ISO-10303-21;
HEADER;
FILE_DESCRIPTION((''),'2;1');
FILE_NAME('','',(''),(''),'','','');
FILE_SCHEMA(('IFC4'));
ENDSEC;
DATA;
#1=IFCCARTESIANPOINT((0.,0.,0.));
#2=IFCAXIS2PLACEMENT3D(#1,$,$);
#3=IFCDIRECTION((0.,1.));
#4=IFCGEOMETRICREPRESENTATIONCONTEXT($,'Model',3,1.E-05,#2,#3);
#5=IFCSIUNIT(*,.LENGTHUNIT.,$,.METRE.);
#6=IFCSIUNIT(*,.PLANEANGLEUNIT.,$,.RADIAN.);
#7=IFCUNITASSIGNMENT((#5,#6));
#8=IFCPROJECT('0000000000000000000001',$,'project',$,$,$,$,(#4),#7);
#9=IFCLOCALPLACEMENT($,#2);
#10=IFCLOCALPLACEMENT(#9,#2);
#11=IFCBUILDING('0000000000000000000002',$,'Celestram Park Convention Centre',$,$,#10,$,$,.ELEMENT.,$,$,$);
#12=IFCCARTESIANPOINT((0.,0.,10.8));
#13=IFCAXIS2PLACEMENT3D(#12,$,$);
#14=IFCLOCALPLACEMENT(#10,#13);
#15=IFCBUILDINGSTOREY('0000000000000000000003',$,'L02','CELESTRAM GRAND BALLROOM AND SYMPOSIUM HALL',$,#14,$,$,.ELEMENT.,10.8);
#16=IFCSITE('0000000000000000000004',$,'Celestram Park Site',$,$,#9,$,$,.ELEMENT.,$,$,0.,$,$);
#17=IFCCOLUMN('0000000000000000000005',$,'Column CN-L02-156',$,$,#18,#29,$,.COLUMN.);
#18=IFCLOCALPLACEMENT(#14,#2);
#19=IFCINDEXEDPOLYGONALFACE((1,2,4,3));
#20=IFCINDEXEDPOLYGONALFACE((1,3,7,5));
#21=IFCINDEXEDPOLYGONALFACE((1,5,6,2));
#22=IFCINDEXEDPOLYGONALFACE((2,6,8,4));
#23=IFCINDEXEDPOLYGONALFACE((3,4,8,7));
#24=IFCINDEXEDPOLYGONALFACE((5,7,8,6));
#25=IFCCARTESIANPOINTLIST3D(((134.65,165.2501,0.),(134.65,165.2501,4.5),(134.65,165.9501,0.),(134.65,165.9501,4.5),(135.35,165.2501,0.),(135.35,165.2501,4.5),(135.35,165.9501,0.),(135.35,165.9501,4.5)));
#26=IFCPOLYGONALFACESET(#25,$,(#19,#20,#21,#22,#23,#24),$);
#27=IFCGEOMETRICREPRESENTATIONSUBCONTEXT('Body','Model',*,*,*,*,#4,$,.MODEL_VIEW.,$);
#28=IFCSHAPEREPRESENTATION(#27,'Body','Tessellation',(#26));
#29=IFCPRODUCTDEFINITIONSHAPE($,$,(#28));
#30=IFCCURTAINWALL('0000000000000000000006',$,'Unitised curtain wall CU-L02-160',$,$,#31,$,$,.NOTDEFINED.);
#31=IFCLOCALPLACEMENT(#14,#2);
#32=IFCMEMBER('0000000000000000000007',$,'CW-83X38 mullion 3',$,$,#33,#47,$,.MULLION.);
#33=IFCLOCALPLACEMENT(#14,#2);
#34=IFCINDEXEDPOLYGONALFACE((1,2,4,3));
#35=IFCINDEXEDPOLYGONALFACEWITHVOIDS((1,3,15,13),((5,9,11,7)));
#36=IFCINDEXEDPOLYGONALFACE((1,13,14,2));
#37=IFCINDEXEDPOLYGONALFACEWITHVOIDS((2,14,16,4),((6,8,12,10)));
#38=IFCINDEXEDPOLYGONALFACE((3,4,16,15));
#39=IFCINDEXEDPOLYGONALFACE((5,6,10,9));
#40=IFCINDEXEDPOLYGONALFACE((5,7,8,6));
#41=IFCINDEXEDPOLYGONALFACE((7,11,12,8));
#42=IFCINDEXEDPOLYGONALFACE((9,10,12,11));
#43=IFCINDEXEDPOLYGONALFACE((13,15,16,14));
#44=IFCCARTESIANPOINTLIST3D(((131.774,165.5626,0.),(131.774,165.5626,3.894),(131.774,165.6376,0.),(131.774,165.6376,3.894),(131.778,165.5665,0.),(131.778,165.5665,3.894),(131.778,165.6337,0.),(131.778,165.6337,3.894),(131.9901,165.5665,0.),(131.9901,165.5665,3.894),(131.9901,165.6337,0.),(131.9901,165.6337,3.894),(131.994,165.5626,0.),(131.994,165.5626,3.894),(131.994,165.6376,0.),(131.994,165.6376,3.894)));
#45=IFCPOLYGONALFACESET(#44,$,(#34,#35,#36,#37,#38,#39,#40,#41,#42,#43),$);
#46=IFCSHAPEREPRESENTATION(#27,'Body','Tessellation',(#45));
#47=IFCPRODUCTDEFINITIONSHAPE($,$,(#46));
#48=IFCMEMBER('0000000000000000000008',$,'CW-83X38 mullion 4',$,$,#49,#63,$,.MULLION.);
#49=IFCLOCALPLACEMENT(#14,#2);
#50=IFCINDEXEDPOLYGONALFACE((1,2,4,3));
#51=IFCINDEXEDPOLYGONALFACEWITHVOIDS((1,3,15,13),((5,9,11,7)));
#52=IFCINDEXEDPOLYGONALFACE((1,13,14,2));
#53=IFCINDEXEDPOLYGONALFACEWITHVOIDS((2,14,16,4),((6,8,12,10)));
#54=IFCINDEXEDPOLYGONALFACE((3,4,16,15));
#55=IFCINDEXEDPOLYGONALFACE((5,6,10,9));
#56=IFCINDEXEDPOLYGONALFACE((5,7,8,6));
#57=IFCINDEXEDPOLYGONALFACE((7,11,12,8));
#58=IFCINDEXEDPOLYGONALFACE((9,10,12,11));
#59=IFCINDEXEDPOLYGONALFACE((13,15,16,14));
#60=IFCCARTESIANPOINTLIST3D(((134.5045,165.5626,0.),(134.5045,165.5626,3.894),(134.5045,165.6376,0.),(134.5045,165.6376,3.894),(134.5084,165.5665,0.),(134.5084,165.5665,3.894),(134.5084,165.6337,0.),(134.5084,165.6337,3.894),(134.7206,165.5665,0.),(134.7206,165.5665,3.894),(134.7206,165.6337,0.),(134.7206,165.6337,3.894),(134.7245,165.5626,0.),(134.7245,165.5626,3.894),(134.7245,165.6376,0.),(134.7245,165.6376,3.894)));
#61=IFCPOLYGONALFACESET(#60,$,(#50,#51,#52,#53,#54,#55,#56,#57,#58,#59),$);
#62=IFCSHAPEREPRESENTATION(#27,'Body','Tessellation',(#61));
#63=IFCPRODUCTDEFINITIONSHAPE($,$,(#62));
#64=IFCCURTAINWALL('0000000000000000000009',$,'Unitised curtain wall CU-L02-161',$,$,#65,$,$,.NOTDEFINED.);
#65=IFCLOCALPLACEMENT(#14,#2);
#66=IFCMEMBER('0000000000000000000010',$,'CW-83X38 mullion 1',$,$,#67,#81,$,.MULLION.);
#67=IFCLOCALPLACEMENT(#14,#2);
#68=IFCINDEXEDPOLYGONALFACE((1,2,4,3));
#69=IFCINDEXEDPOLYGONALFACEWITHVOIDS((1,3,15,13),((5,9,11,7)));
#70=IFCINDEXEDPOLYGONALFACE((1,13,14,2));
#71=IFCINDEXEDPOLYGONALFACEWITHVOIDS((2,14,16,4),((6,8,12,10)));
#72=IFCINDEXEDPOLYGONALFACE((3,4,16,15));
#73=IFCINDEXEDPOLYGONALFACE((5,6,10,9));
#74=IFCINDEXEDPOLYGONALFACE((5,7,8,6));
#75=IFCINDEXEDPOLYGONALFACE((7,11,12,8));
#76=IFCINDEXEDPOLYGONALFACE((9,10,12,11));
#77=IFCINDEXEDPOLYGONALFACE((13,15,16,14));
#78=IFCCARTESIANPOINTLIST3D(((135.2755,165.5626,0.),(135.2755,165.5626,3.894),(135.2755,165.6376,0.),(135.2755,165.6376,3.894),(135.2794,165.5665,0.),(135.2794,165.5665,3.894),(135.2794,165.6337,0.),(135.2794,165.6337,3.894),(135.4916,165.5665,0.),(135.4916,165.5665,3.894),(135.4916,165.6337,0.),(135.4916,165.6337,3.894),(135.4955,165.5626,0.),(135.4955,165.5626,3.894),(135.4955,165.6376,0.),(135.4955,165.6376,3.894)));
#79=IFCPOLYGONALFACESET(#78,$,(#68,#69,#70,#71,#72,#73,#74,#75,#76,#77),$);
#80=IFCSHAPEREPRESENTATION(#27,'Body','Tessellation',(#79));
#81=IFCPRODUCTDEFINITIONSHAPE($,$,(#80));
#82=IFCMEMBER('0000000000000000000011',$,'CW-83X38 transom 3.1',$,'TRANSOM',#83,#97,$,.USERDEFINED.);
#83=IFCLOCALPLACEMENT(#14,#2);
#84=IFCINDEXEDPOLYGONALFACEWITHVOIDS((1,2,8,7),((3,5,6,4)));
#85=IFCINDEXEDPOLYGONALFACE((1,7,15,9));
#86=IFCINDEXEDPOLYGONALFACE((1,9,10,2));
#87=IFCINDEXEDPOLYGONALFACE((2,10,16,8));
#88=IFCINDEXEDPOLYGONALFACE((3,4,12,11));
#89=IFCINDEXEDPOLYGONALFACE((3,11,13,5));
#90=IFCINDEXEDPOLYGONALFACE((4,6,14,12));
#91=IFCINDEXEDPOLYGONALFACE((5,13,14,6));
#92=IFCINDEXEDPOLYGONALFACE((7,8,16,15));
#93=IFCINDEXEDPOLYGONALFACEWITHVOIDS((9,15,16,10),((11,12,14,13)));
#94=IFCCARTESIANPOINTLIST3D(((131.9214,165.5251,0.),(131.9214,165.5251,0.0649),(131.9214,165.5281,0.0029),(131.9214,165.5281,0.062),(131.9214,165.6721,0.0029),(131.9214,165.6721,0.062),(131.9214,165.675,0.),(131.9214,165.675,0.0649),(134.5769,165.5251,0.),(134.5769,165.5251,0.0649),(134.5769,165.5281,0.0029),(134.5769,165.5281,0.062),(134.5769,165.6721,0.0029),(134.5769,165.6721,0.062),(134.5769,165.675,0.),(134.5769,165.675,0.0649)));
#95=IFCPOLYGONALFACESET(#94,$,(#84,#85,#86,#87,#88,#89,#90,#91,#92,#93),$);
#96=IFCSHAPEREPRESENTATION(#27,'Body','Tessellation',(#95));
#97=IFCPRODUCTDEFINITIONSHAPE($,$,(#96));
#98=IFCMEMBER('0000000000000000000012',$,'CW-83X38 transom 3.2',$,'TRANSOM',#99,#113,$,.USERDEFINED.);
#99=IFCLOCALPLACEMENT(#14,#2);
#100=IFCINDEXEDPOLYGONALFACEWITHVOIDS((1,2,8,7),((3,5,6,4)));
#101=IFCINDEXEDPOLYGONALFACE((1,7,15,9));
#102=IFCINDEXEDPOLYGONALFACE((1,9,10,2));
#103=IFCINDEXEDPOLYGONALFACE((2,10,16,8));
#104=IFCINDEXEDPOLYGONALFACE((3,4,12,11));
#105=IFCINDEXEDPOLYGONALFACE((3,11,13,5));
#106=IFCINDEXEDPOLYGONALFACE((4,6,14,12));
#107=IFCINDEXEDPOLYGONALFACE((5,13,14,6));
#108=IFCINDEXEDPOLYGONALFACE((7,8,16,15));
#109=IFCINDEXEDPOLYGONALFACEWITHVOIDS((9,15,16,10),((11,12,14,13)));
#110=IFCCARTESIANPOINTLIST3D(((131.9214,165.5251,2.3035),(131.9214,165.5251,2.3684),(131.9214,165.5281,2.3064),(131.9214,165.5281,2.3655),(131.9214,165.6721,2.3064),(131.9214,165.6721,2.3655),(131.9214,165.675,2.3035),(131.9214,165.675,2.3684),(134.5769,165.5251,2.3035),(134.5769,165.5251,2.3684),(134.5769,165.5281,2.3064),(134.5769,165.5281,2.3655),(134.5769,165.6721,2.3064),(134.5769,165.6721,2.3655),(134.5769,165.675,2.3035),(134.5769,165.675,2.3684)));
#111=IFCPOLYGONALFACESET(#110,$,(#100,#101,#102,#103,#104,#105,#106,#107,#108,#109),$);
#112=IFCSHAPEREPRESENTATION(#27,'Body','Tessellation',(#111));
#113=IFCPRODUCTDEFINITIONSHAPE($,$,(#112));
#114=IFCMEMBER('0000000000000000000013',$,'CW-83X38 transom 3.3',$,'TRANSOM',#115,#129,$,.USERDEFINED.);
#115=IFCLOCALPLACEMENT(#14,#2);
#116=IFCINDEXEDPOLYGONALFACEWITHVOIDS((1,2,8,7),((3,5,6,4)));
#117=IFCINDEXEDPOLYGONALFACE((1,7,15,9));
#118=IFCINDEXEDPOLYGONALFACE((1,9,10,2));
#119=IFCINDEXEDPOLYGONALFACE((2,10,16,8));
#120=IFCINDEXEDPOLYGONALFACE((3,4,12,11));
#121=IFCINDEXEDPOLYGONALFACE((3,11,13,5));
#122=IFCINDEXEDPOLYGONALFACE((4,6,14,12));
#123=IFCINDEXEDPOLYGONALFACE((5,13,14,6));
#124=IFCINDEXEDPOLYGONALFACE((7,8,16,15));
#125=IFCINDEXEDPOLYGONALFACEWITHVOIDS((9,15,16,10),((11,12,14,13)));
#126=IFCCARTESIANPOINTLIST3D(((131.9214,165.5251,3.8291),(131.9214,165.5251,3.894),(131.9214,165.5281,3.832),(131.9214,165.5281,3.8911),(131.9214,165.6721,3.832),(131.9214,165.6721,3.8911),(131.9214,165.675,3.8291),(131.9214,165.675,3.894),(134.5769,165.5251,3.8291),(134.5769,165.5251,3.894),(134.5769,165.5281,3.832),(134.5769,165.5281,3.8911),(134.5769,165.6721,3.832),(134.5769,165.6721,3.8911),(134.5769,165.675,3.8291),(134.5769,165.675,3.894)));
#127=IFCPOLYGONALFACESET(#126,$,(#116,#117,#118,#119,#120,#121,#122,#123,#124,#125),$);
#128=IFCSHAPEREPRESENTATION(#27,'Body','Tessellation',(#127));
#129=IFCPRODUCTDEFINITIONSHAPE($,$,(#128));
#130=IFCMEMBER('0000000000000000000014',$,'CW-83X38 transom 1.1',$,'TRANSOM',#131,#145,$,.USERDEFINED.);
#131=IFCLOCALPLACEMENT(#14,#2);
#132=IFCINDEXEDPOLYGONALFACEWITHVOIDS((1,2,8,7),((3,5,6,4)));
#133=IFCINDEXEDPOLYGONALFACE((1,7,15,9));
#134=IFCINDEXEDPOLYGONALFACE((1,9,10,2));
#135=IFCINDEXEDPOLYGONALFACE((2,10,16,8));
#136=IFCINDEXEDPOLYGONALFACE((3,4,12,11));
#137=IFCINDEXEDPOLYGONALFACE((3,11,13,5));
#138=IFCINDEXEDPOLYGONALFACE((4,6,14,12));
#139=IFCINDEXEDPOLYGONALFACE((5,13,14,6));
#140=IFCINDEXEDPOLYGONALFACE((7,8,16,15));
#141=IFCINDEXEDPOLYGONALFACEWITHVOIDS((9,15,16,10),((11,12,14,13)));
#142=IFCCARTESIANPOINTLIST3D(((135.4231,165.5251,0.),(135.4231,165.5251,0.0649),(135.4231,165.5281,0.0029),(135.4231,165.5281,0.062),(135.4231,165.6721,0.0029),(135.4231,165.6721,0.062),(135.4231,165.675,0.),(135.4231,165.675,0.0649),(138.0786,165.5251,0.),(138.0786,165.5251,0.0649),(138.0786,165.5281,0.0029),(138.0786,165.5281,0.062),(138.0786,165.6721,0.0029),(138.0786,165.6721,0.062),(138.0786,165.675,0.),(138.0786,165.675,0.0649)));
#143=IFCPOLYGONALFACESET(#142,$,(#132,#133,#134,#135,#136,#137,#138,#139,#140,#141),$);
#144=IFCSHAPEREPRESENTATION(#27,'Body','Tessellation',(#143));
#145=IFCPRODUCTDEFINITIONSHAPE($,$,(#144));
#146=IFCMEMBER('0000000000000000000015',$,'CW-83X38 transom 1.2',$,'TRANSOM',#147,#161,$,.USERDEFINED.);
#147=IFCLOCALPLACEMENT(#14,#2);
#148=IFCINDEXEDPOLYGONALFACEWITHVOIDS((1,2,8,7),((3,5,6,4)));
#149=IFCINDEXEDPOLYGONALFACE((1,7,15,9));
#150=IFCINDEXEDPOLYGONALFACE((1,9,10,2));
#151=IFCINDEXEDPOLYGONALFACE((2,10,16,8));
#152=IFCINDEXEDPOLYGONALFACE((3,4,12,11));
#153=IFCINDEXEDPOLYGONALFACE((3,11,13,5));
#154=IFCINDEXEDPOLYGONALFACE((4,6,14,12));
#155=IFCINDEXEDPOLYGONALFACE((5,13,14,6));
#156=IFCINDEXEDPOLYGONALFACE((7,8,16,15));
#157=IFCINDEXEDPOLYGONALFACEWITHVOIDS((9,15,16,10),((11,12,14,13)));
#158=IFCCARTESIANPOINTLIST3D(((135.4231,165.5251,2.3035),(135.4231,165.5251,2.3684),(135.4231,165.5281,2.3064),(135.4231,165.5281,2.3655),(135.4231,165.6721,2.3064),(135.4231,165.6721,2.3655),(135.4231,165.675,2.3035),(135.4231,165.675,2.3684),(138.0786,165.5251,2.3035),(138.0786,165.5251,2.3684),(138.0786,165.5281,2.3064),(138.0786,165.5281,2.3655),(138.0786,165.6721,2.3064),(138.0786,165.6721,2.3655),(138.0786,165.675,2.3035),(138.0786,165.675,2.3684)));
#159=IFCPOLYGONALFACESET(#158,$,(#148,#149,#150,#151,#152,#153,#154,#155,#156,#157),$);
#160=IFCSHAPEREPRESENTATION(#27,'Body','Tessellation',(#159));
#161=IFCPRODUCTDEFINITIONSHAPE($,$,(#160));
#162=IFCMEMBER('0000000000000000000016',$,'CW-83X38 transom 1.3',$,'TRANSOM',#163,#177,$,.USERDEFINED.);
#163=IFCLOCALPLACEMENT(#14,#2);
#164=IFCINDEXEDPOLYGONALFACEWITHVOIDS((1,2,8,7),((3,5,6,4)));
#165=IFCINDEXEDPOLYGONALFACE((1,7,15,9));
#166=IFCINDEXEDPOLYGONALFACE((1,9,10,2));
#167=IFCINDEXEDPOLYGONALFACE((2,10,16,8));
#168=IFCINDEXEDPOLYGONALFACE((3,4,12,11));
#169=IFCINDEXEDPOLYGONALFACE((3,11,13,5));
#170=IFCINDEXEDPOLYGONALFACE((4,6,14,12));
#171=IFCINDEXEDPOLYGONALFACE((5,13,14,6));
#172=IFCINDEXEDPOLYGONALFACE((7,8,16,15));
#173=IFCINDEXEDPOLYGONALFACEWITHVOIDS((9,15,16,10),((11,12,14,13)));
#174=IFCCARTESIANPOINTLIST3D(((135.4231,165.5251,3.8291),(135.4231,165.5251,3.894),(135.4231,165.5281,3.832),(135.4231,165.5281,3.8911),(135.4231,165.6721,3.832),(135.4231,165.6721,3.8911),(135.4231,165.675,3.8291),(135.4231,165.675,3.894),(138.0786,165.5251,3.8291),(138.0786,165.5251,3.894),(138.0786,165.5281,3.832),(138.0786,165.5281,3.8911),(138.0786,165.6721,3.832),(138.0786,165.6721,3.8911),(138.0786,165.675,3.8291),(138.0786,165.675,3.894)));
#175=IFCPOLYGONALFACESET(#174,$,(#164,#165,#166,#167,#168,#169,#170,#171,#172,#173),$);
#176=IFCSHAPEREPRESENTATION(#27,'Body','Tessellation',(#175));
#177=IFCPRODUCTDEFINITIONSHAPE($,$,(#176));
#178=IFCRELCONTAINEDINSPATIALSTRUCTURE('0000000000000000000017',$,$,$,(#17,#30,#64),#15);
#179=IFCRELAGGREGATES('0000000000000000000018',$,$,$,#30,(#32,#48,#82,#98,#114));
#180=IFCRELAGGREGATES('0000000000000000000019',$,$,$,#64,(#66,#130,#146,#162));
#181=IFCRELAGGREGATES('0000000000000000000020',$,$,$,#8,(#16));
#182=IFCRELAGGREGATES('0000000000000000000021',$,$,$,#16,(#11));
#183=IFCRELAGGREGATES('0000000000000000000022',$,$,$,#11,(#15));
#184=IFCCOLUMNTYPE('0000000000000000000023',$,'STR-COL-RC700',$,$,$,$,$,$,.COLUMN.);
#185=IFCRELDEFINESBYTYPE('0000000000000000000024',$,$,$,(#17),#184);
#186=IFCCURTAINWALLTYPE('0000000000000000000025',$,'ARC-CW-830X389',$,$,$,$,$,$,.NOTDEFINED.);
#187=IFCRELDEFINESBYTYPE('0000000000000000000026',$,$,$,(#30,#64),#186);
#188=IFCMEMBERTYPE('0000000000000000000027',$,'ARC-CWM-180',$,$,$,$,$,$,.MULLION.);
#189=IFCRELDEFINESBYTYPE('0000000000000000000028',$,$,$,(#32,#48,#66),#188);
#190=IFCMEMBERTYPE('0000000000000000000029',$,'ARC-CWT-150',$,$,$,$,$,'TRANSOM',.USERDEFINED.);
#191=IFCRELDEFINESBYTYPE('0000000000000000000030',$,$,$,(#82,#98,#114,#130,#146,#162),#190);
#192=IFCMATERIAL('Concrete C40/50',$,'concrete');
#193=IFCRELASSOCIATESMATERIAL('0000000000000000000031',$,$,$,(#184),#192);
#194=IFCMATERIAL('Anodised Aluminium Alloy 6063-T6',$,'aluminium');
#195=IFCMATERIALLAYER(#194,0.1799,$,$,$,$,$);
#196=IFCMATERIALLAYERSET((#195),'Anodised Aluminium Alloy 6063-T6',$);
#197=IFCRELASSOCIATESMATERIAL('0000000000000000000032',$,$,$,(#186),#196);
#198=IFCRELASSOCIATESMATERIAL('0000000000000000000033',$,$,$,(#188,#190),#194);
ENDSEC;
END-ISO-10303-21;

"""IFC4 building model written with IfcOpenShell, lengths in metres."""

from ifc_helpers import new_model, si_unit, direction, frame, origin, origin_2d, place, context, subcontext, project, spatial, rectangle, hollow_rectangle, extrude, material, layer, layer_set, material_profile, profile_set, type_object, element, aggregate, save


model = new_model("IFC4")

# Units and contexts
model_context = context("Model", 3, precision=1e-05, world=origin(), true_north=direction((0.0, 1.0)))
body_context = subcontext(model_context, "Body", "Model", "MODEL_VIEW")
ifc_project = project(units=[si_unit("LENGTHUNIT", "METRE"), si_unit("PLANEANGLEUNIT", "RADIAN")], contexts=[model_context])

# Site, building, storey
site_placement = place(None, origin())
site = spatial("IfcSite", under=ifc_project, at=site_placement, Name="Celestram Park Site", CompositionType="ELEMENT", RefElevation=0.0)
building_placement = place(site_placement, origin())
building = spatial("IfcBuilding", under=site, at=building_placement, Name="Celestram Park Convention Centre", CompositionType="ELEMENT")
storey_placement = place(building_placement, frame((0.0, 0.0, 10.8)))
storey = spatial("IfcBuildingStorey", under=building, at=storey_placement, Name="L02", Description="CELESTRAM GRAND BALLROOM AND SYMPOSIUM HALL", CompositionType="ELEMENT", Elevation=10.8)

# Column
ifc_material_1 = material(Name="Concrete C40/50", Category="concrete")
ifc_material_profile_1 = material_profile(ifc_material_1, rectangle(XDim=0.7, YDim=0.7, at=origin_2d()), Name="RC700X700")
ifc_profile_set_1 = profile_set([ifc_material_profile_1], Name="Concrete C40/50")
column_type = type_object("IfcColumnType", Name="STR-COL-RC700", PredefinedType="COLUMN", material=ifc_profile_set_1)
column_placement = place(storey_placement, frame((135.0, 165.6001, 0.0), z_axis=(0.0, 0.0, 1.0), x_axis=(1.0, 0.0, 0.0)))
element("IfcColumn", 1, at=column_placement, inside=storey, type_object=column_type, Name="Column CN-L02-156", PredefinedType="COLUMN", context=body_context, shape_type="SweptSolid", body=[
    extrude(rectangle(XDim=0.7, YDim=0.7, at=origin_2d()), origin(), (0.0, 0.0, 1.0), 4.5),
])

# Curtain wall, members
ifc_material_2 = material(Name="Anodised Aluminium Alloy 6063-T6", Category="aluminium")
ifc_layer_1 = layer(ifc_material_2, 0.1799)
ifc_layer_set_1 = layer_set([ifc_layer_1], Name="Anodised Aluminium Alloy 6063-T6")
curtain_wall_type = type_object("IfcCurtainWallType", Name="ARC-CW-830X389", PredefinedType="NOTDEFINED", material=ifc_layer_set_1)
curtain_wall_1_placement = place(storey_placement, origin())
curtain_wall_1 = element("IfcCurtainWall", 2, at=curtain_wall_1_placement, inside=storey, type_object=curtain_wall_type, Name="Unitised curtain wall CU-L02-160", PredefinedType="NOTDEFINED")
ifc_material_profile_2 = material_profile(ifc_material_2, hollow_rectangle(XDim=0.075, YDim=0.22, WallThickness=0.0039, at=origin_2d()), Name="ALU75X220X4")
ifc_profile_set_2 = profile_set([ifc_material_profile_2], Name="Anodised Aluminium Alloy 6063-T6")
member_type_1 = type_object("IfcMemberType", Name="ARC-CWM-180", PredefinedType="MULLION", material=ifc_profile_set_2)
member_1_placement = place(storey_placement, frame((131.884, 165.6001, 0.0), z_axis=(0.0, 0.0, 1.0), x_axis=(0.0, 1.0, 0.0)))
member_1 = element("IfcMember", 3, at=member_1_placement, type_object=member_type_1, Name="CW-83X38 mullion 3", PredefinedType="MULLION", context=body_context, shape_type="SweptSolid", body=[
    extrude(hollow_rectangle(XDim=0.075, YDim=0.22, WallThickness=0.0039, at=origin_2d()), origin(), (0.0, 0.0, 1.0), 3.894),
])
member_2_placement = place(storey_placement, frame((134.6145, 165.6001, 0.0), z_axis=(0.0, 0.0, 1.0), x_axis=(0.0, 1.0, 0.0)))
member_2 = element("IfcMember", 4, at=member_2_placement, type_object=member_type_1, Name="CW-83X38 mullion 4", PredefinedType="MULLION", context=body_context, shape_type="SweptSolid", body=[
    extrude(hollow_rectangle(XDim=0.075, YDim=0.22, WallThickness=0.0039, at=origin_2d()), origin(), (0.0, 0.0, 1.0), 3.894),
])

# Curtain wall, member
curtain_wall_2_placement = place(storey_placement, origin())
curtain_wall_2 = element("IfcCurtainWall", 5, at=curtain_wall_2_placement, inside=storey, type_object=curtain_wall_type, Name="Unitised curtain wall CU-L02-161", PredefinedType="NOTDEFINED")
member_3_placement = place(storey_placement, frame((135.3855, 165.6001, 0.0), z_axis=(0.0, 0.0, 1.0), x_axis=(0.0, 1.0, 0.0)))
member_3 = element("IfcMember", 6, at=member_3_placement, type_object=member_type_1, Name="CW-83X38 mullion 1", PredefinedType="MULLION", context=body_context, shape_type="SweptSolid", body=[
    extrude(hollow_rectangle(XDim=0.075, YDim=0.22, WallThickness=0.0039, at=origin_2d()), origin(), (0.0, 0.0, 1.0), 3.894),
])

# Members
ifc_material_profile_3 = material_profile(ifc_material_2, hollow_rectangle(XDim=0.1499, YDim=0.0649, WallThickness=0.0029, at=origin_2d()), Name="ALU150X65X3")
ifc_profile_set_3 = profile_set([ifc_material_profile_3], Name="Anodised Aluminium Alloy 6063-T6")
member_type_2 = type_object("IfcMemberType", Name="ARC-CWT-150", ElementType="TRANSOM", PredefinedType="USERDEFINED", material=ifc_profile_set_3)
member_4_placement = place(storey_placement, frame((131.9214, 165.6001, 0.0325), z_axis=(1.0, 0.0, 0.0), x_axis=(0.0, 1.0, 0.0)))
member_4 = element("IfcMember", 7, at=member_4_placement, type_object=member_type_2, Name="CW-83X38 transom 3.1", ObjectType="TRANSOM", PredefinedType="USERDEFINED", context=body_context, shape_type="SweptSolid", body=[
    extrude(hollow_rectangle(XDim=0.1499, YDim=0.0649, WallThickness=0.0029, at=origin_2d()), origin(), (0.0, 0.0, 1.0), 2.6555),
])
member_5_placement = place(storey_placement, frame((131.9214, 165.6001, 2.3359), z_axis=(1.0, 0.0, 0.0), x_axis=(0.0, 1.0, 0.0)))
member_5 = element("IfcMember", 8, at=member_5_placement, type_object=member_type_2, Name="CW-83X38 transom 3.2", ObjectType="TRANSOM", PredefinedType="USERDEFINED", context=body_context, shape_type="SweptSolid", body=[
    extrude(hollow_rectangle(XDim=0.1499, YDim=0.0649, WallThickness=0.0029, at=origin_2d()), origin(), (0.0, 0.0, 1.0), 2.6555),
])
member_6_placement = place(storey_placement, frame((131.9214, 165.6001, 3.8616), z_axis=(1.0, 0.0, 0.0), x_axis=(0.0, 1.0, 0.0)))
member_6 = element("IfcMember", 9, at=member_6_placement, type_object=member_type_2, Name="CW-83X38 transom 3.3", ObjectType="TRANSOM", PredefinedType="USERDEFINED", context=body_context, shape_type="SweptSolid", body=[
    extrude(hollow_rectangle(XDim=0.1499, YDim=0.0649, WallThickness=0.0029, at=origin_2d()), origin(), (0.0, 0.0, 1.0), 2.6555),
])
member_7_placement = place(storey_placement, frame((135.4231, 165.6001, 0.0325), z_axis=(1.0, 0.0, 0.0), x_axis=(0.0, 1.0, 0.0)))
member_7 = element("IfcMember", 10, at=member_7_placement, type_object=member_type_2, Name="CW-83X38 transom 1.1", ObjectType="TRANSOM", PredefinedType="USERDEFINED", context=body_context, shape_type="SweptSolid", body=[
    extrude(hollow_rectangle(XDim=0.1499, YDim=0.0649, WallThickness=0.0029, at=origin_2d()), origin(), (0.0, 0.0, 1.0), 2.6555),
])
member_8_placement = place(storey_placement, frame((135.4231, 165.6001, 2.3359), z_axis=(1.0, 0.0, 0.0), x_axis=(0.0, 1.0, 0.0)))
member_8 = element("IfcMember", 11, at=member_8_placement, type_object=member_type_2, Name="CW-83X38 transom 1.2", ObjectType="TRANSOM", PredefinedType="USERDEFINED", context=body_context, shape_type="SweptSolid", body=[
    extrude(hollow_rectangle(XDim=0.1499, YDim=0.0649, WallThickness=0.0029, at=origin_2d()), origin(), (0.0, 0.0, 1.0), 2.6555),
])
member_9_placement = place(storey_placement, frame((135.4231, 165.6001, 3.8616), z_axis=(1.0, 0.0, 0.0), x_axis=(0.0, 1.0, 0.0)))
member_9 = element("IfcMember", 12, at=member_9_placement, type_object=member_type_2, Name="CW-83X38 transom 1.3", ObjectType="TRANSOM", PredefinedType="USERDEFINED", context=body_context, shape_type="SweptSolid", body=[
    extrude(hollow_rectangle(XDim=0.1499, YDim=0.0649, WallThickness=0.0029, at=origin_2d()), origin(), (0.0, 0.0, 1.0), 2.6555),
])

aggregate(curtain_wall_1, [member_1, member_2, member_4, member_5, member_6])
aggregate(curtain_wall_2, [member_3, member_7, member_8, member_9])

save(model, "model.ifc")
